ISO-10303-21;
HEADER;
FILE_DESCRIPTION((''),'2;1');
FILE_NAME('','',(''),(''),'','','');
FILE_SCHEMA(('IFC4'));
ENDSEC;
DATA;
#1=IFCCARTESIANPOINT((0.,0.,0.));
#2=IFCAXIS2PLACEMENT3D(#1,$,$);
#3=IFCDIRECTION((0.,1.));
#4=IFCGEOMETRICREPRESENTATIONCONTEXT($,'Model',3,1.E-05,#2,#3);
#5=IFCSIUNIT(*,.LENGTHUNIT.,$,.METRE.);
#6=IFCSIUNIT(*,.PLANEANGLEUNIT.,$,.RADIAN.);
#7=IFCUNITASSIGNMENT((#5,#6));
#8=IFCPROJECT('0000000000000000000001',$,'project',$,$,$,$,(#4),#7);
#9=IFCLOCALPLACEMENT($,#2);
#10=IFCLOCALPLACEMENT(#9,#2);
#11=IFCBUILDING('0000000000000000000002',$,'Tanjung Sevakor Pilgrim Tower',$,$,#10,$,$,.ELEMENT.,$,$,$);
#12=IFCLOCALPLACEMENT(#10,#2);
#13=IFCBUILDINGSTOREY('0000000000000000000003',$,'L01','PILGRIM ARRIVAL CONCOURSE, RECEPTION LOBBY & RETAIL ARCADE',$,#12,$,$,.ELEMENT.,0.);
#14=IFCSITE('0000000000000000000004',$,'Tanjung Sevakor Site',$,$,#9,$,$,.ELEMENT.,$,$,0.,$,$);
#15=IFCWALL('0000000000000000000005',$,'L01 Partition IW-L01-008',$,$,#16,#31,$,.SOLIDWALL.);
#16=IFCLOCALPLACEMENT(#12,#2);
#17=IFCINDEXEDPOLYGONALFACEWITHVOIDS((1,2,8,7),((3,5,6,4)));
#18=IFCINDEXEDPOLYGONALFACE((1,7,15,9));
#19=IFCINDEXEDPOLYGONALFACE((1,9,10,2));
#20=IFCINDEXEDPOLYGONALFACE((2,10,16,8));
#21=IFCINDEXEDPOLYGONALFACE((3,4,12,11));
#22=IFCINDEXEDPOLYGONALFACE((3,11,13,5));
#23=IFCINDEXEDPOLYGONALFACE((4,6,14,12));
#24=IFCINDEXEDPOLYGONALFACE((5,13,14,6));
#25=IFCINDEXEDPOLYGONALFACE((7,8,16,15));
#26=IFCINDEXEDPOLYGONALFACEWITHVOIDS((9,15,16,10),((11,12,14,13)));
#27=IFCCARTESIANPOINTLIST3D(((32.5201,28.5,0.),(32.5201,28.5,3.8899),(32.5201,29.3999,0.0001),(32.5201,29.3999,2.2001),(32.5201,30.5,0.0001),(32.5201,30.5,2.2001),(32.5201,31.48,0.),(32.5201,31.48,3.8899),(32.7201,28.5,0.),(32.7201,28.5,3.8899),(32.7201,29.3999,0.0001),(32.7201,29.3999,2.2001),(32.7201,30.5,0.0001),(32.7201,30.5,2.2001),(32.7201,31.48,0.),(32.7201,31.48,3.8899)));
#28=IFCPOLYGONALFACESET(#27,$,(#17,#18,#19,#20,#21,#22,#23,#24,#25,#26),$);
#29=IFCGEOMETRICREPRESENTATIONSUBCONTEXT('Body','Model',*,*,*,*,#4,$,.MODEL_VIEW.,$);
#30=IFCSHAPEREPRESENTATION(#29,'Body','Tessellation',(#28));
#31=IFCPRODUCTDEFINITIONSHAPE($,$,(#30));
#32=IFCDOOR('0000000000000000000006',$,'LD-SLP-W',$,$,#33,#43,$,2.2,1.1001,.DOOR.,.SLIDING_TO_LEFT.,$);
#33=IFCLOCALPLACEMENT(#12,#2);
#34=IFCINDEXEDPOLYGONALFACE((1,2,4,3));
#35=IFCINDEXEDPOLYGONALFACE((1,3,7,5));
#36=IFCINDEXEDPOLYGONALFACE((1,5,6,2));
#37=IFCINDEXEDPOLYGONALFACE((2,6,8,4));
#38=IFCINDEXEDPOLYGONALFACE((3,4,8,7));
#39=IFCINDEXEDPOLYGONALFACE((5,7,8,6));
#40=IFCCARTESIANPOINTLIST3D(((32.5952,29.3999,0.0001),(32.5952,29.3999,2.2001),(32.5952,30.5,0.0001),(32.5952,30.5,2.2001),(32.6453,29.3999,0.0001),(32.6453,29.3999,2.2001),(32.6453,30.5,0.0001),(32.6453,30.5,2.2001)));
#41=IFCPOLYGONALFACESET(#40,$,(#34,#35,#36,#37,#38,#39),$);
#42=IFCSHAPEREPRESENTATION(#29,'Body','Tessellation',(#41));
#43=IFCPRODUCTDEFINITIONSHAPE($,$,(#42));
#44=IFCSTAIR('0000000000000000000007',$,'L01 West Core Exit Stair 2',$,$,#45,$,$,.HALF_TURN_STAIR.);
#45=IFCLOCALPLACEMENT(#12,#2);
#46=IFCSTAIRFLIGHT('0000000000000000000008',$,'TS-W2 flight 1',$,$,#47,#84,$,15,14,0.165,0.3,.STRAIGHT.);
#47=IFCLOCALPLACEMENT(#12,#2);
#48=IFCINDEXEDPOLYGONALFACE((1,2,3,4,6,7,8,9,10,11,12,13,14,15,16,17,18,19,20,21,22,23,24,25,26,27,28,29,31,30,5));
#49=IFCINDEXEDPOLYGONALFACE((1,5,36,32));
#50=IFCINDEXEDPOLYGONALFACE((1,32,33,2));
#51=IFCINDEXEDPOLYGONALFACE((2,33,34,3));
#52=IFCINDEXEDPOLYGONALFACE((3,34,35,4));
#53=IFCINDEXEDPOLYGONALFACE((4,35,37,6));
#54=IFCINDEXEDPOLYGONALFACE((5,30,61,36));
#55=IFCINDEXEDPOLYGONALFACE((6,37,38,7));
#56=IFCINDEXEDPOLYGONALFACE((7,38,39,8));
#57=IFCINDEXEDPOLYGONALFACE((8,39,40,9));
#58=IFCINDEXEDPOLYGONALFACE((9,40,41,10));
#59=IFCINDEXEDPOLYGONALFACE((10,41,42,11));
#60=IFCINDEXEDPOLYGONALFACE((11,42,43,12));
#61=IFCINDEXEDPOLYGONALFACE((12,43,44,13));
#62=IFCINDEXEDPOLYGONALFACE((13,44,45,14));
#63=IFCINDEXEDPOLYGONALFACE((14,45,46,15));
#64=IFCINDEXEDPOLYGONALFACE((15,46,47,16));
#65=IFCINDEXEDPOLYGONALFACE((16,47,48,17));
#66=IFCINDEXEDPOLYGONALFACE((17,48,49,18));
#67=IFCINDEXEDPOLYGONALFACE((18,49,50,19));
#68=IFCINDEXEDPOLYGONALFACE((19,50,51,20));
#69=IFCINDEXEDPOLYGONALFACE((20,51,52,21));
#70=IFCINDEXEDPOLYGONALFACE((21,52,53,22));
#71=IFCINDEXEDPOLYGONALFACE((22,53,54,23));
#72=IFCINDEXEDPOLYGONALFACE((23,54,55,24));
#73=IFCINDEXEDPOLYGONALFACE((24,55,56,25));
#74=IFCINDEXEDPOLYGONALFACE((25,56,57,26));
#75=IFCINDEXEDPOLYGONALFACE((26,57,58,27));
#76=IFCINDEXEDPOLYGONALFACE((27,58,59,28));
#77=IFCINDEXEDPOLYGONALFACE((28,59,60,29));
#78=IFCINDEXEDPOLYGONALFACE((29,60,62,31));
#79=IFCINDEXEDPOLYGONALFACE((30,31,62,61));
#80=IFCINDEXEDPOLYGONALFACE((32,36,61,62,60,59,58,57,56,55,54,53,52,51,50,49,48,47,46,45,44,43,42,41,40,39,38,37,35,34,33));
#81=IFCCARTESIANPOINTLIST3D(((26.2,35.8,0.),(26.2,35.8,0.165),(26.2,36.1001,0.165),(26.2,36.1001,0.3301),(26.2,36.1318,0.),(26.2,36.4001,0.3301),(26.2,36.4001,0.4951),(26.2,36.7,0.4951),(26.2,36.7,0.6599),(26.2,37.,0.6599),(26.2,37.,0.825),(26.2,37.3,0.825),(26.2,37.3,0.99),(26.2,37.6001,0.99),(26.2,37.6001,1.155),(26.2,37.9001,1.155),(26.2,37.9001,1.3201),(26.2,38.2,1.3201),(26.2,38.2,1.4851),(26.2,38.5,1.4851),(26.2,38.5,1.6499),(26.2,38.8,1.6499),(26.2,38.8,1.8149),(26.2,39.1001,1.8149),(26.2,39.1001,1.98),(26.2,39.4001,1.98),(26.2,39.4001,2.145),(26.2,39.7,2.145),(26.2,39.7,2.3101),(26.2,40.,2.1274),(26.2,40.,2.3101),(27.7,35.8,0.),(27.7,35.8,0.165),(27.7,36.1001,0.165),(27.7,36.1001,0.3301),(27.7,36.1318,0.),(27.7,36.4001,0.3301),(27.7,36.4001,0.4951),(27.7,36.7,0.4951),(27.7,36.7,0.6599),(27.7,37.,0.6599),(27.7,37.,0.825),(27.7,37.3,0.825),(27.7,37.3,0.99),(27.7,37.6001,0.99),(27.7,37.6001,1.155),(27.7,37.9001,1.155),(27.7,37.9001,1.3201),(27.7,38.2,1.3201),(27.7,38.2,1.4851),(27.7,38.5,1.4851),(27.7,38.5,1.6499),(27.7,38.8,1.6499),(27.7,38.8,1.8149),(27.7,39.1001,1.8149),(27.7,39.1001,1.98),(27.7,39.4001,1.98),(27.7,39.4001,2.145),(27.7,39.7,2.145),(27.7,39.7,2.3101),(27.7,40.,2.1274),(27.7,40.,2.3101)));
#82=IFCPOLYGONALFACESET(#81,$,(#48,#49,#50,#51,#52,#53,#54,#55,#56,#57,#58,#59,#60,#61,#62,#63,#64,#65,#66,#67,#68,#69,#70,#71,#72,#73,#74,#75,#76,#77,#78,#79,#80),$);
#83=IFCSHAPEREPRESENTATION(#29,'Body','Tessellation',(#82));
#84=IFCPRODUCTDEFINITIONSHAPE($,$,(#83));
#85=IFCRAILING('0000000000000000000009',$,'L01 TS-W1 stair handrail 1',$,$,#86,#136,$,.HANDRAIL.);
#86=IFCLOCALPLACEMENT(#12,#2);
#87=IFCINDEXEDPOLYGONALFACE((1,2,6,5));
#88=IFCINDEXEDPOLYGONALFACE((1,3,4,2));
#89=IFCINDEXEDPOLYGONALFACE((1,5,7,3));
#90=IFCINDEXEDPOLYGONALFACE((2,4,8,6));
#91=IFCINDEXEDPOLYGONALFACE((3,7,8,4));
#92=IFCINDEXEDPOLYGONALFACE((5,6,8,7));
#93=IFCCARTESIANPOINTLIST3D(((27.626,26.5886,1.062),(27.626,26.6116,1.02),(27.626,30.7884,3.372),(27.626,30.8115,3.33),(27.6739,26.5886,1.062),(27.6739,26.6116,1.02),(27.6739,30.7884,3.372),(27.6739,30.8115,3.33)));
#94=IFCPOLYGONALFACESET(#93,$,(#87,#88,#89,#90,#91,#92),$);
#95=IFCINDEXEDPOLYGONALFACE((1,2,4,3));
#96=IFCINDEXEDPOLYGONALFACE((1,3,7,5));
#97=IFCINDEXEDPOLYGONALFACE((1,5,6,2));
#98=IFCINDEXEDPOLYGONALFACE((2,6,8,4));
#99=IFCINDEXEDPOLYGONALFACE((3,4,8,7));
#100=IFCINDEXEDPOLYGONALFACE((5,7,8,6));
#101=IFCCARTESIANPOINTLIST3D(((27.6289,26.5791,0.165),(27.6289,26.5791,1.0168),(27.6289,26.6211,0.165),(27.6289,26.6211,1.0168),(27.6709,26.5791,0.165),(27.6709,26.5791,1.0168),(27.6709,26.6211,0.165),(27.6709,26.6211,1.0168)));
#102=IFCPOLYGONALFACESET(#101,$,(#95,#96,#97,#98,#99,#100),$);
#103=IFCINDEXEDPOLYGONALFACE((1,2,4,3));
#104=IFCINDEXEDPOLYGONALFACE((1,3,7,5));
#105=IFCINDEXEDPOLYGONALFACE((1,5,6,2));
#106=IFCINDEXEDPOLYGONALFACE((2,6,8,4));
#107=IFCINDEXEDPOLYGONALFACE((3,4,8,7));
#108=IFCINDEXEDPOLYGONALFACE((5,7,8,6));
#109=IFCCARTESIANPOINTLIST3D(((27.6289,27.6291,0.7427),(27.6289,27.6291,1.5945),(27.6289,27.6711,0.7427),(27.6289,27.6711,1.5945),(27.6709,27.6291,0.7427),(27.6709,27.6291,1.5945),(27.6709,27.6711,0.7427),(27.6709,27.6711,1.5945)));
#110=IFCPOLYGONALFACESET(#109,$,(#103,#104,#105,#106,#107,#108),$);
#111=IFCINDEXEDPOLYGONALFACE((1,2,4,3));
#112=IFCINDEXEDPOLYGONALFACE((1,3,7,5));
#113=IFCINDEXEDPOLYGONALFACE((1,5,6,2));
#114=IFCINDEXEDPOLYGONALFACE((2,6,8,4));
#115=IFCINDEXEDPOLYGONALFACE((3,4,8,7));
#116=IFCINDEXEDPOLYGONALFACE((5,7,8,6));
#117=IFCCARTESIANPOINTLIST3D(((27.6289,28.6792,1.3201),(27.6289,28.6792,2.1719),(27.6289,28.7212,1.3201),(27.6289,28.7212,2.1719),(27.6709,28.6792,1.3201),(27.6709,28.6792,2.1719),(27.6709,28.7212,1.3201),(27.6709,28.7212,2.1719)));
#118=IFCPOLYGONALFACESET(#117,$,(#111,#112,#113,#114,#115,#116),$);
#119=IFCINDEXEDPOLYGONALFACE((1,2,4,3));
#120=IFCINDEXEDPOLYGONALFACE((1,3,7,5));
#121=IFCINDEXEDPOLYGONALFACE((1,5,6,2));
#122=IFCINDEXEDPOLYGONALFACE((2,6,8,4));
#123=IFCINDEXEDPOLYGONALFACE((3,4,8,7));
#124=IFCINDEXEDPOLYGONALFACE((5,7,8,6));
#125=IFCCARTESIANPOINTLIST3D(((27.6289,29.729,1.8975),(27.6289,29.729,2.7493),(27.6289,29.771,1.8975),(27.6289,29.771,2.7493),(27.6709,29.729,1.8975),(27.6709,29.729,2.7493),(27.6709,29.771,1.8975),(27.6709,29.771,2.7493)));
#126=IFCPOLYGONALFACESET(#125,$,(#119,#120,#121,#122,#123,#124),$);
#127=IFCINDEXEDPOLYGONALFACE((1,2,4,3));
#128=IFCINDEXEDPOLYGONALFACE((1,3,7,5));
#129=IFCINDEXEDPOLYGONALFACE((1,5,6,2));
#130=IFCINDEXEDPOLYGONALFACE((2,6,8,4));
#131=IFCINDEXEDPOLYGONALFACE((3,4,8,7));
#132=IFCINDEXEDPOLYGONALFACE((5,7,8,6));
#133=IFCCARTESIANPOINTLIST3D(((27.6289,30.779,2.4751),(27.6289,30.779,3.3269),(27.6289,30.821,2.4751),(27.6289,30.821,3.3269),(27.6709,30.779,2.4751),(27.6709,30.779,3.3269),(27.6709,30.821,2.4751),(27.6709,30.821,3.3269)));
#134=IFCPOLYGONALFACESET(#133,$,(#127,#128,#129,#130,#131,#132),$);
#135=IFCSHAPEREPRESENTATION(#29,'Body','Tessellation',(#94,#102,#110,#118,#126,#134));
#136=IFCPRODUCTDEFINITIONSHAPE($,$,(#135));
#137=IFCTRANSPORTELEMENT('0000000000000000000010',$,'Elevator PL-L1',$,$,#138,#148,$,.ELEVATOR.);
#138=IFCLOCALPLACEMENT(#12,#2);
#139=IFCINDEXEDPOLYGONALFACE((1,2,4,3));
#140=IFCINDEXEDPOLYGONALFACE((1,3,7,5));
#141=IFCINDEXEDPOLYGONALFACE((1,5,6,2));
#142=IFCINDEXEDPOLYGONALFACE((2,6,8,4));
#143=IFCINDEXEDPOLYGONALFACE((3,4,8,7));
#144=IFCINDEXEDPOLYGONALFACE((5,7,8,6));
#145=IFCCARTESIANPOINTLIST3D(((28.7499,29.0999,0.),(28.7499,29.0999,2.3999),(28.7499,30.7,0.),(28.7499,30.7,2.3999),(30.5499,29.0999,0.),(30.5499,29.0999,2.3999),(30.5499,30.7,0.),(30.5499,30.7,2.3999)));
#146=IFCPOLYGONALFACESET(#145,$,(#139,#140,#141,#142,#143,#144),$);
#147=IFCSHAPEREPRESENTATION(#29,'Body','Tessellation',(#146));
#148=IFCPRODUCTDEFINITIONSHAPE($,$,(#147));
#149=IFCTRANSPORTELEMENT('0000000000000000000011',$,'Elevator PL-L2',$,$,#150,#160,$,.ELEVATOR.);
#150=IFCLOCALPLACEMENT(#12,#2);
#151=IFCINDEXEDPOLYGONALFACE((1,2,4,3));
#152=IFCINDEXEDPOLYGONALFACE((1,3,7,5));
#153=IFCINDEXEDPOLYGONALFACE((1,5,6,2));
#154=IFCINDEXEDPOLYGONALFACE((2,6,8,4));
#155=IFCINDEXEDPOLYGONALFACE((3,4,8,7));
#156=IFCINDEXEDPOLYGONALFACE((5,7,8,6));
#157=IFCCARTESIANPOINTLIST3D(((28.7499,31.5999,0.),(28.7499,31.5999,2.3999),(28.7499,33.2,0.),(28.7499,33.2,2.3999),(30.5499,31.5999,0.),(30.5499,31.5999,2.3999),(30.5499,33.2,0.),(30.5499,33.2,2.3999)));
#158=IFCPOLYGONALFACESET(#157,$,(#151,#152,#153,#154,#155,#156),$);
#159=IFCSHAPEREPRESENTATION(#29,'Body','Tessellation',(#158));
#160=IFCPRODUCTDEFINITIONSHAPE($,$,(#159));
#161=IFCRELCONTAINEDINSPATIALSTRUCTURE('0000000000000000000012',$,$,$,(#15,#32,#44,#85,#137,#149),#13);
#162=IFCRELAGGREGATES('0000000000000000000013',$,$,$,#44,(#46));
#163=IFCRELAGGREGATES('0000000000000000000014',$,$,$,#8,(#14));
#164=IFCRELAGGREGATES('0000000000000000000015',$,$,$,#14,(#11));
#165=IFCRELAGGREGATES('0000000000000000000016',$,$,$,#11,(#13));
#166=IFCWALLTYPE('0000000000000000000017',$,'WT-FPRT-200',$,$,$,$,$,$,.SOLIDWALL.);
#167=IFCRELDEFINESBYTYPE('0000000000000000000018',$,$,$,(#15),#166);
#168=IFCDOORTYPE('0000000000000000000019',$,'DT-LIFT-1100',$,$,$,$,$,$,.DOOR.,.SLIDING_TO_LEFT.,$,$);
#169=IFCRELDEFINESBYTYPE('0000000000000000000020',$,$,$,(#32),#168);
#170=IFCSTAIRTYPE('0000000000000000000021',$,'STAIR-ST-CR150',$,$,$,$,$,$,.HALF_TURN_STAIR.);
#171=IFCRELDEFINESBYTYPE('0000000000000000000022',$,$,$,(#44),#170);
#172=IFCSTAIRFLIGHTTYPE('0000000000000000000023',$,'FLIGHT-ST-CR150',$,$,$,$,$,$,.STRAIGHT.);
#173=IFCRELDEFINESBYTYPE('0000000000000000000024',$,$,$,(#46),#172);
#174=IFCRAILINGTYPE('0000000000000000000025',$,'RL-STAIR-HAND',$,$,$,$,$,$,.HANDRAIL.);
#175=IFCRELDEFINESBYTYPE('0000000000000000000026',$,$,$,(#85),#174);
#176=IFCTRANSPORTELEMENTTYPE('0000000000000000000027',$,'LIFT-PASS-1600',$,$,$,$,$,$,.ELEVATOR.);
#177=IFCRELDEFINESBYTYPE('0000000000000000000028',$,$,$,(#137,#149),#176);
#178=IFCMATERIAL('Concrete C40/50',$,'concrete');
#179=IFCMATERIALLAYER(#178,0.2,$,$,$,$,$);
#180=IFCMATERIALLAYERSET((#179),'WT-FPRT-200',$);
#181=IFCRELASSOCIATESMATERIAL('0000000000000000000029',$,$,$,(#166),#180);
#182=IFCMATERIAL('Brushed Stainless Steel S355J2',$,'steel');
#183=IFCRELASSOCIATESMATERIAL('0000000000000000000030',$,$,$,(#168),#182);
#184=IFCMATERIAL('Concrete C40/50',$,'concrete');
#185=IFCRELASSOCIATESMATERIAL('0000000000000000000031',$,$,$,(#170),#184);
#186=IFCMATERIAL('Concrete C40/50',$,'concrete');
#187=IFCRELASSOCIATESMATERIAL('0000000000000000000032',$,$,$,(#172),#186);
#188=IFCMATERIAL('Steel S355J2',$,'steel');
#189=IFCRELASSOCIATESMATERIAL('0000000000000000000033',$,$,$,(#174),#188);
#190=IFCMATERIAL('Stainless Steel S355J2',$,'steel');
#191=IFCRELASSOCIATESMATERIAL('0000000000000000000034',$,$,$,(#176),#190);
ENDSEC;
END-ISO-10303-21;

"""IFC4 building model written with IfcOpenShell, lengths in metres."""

from ifc_helpers import new_model, si_unit, direction, frame, frame_2d, origin, origin_2d, place, context, subcontext, project, spatial, polyline, rectangle, outline, extrude, material, layer, layer_set, type_object, element, fill, aggregate, save


model = new_model("IFC4")

# Units and contexts
model_context = context("Model", 3, precision=1e-05, world=origin(), true_north=direction((0.0, 1.0)))
body_context = subcontext(model_context, "Body", "Model", "MODEL_VIEW")
ifc_project = project(units=[si_unit("LENGTHUNIT", "METRE"), si_unit("PLANEANGLEUNIT", "RADIAN")], contexts=[model_context])

# Site, building, storey
site_placement = place(None, origin())
site = spatial("IfcSite", under=ifc_project, at=site_placement, Name="Tanjung Sevakor Site", CompositionType="ELEMENT", RefElevation=0.0)
building_placement = place(site_placement, origin())
building = spatial("IfcBuilding", under=site, at=building_placement, Name="Tanjung Sevakor Pilgrim Tower", CompositionType="ELEMENT")
storey_placement = place(building_placement, origin())
storey = spatial("IfcBuildingStorey", under=building, at=storey_placement, Name="L01", Description="PILGRIM ARRIVAL CONCOURSE, RECEPTION LOBBY & RETAIL ARCADE", CompositionType="ELEMENT", Elevation=0.0)

# Shared definitions
ifc_material_1 = material(Name="Concrete C40/50", Category="concrete")
ifc_layer_1 = layer(ifc_material_1, 0.2)
ifc_layer_set_1 = layer_set([ifc_layer_1], Name="WT-FPRT-200")
wall_type_1 = type_object("IfcWallType", Name="WT-FPRT-200", PredefinedType="SOLIDWALL", material=ifc_layer_set_1)

# Shared definitions
ifc_material_2 = material(Name="Brushed Stainless Steel S355J2", Category="steel")
door_type_1 = type_object("IfcDoorType", Name="DT-LIFT-1100", OperationType="SLIDING_TO_LEFT", PredefinedType="DOOR", material=ifc_material_2)

# Wall, opening, door
wall_1_placement = place(storey_placement, frame((32.6201, 28.5, 0.0), z_axis=(0.0, 0.0, 1.0), x_axis=(0.0, 1.0, 0.0)))
wall_1 = element("IfcWall", 1, at=wall_1_placement, inside=storey, type_object=wall_type_1, Name="L01 Partition IW-L01-008", PredefinedType="SOLIDWALL", context=body_context, shape_type="SweptSolid", body=[
    extrude(rectangle(XDim=2.98, YDim=0.2, at=frame_2d((1.49, 0.0))), origin(), (0.0, 0.0, 1.0), 3.8899),
])
opening_1_placement = place(wall_1_placement, frame((0.8999, 0.0, 0.0)))
opening_1 = element("IfcOpeningElement", 2, at=opening_1_placement, cuts=wall_1, PredefinedType="OPENING", context=body_context, shape_type="SweptSolid", body=[
    extrude(rectangle(XDim=1.1001, YDim=2.2, at=frame_2d((0.55, 1.1001))), frame((0.0, 0.1099, 0.0), z_axis=(0.0, -1.0, 0.0), x_axis=(1.0, 0.0, 0.0)), (0.0, 0.0, 1.0), 0.22),
])
door_1_placement = place(opening_1_placement, origin())
door_1 = element("IfcDoor", 3, at=door_1_placement, inside=storey, type_object=door_type_1, Name="LD-SLP-W", OperationType="SLIDING_TO_LEFT", OverallHeight=2.2, OverallWidth=1.1001, PredefinedType="DOOR", context=body_context, shape_type="SweptSolid", body=[
    extrude(rectangle(XDim=1.1001, YDim=2.2, at=frame_2d((0.55, 1.1001))), frame((0.0, 0.0249, 0.0), z_axis=(0.0, -1.0, 0.0), x_axis=(1.0, 0.0, 0.0)), (0.0, 0.0, 1.0), 0.05),
])
fill(opening_1, door_1)

# Stair, stair flight
ifc_material_3 = material(Name="Concrete C40/50", Category="concrete")
stair_type = type_object("IfcStairType", Name="STAIR-ST-CR150", PredefinedType="HALF_TURN_STAIR", material=ifc_material_3)
stair_placement = place(storey_placement, origin())
stair = element("IfcStair", 4, at=stair_placement, inside=storey, type_object=stair_type, Name="L01 West Core Exit Stair 2", PredefinedType="HALF_TURN_STAIR")
ifc_material_4 = material(Name="Concrete C40/50", Category="concrete")
stair_flight_type = type_object("IfcStairFlightType", Name="FLIGHT-ST-CR150", PredefinedType="STRAIGHT", material=ifc_material_4)
stair_flight_placement = place(storey_placement, frame((26.95, 35.8, 0.0), z_axis=(0.0, 0.0, 1.0), x_axis=(0.0, 1.0, 0.0)))
stair_flight = element("IfcStairFlight", 5, at=stair_flight_placement, type_object=stair_flight_type, Name="TS-W2 flight 1", NumberOfRisers=15, NumberOfTreads=14, PredefinedType="STRAIGHT", RiserHeight=0.165, TreadLength=0.3, context=body_context, shape_type="SweptSolid", body=[
    extrude(outline(polyline([(0.0, 0.0), (0.0, 0.165), (0.3, 0.165), (0.3, 0.3301), (0.6001, 0.3301), (0.6001, 0.4951), (0.8999, 0.4951), (0.8999, 0.6599), (1.2, 0.6599), (1.2, 0.825), (1.5, 0.825), (1.5, 0.99), (1.8, 0.99), (1.8, 1.155), (2.1001, 1.155), (2.1001, 1.3201), (2.3999, 1.3201), (2.3999, 1.4851), (2.7, 1.4851), (2.7, 1.6499), (3.0, 1.6499), (3.0, 1.8149), (3.3, 1.8149), (3.3, 1.98), (3.6001, 1.98), (3.6001, 2.145), (3.8999, 2.145), (3.8999, 2.3101), (4.2, 2.3101), (4.2, 2.4751), (4.2, 2.1274), (0.3318, 0.0), (0.0, 0.0)])), frame((0.0, 0.75, 0.0), z_axis=(0.0, -1.0, 0.0), x_axis=(1.0, 0.0, 0.0)), (0.0, 0.0, 1.0), 1.5),
])
aggregate(stair, [stair_flight])

# Railing
ifc_material_5 = material(Name="Steel S355J2", Category="steel")
railing_type = type_object("IfcRailingType", Name="RL-STAIR-HAND", PredefinedType="HANDRAIL", material=ifc_material_5)
railing_placement = place(storey_placement, frame((27.6499, 26.6001, 0.165)))
element("IfcRailing", 6, at=railing_placement, inside=storey, type_object=railing_type, Name="L01 TS-W1 stair handrail 1", PredefinedType="HANDRAIL", context=body_context, shape_type="SweptSolid", body=[
    extrude(rectangle(XDim=0.0479, YDim=0.0479), frame((0.0, 0.0, 0.876), z_axis=(0.0, 0.876208, 0.481932), x_axis=(-1.0, 0.0, 0.0)), (0.0, 0.0, 1.0), 4.7932),
    extrude(rectangle(XDim=0.042, YDim=0.042), origin(), (0.0, 0.0, 1.0), 0.8518),
    extrude(rectangle(XDim=0.042, YDim=0.042), frame((0.0, 1.05, 0.5776)), (0.0, 0.0, 1.0), 0.8518),
    extrude(rectangle(XDim=0.042, YDim=0.042), frame((0.0, 2.1001, 1.155)), (0.0, 0.0, 1.0), 0.8518),
    extrude(rectangle(XDim=0.042, YDim=0.042), frame((0.0, 3.1499, 1.7324)), (0.0, 0.0, 1.0), 0.8518),
    extrude(rectangle(XDim=0.042, YDim=0.042), frame((0.0, 4.2, 2.3101)), (0.0, 0.0, 1.0), 0.8518),
])

# Transport elements
ifc_material_6 = material(Name="Stainless Steel S355J2", Category="steel")
transport_element_type = type_object("IfcTransportElementType", Name="LIFT-PASS-1600", PredefinedType="ELEVATOR", material=ifc_material_6)
for number, where, z_axis, x_axis, name in (
    (7, (29.6499, 29.8999, 0.0), (0.0, 0.0, 1.0), (1.0, 0.0, 0.0), "Elevator PL-L1"),
    (8, (29.6499, 32.3999, 0.0), (0.0, 0.0, 1.0), (1.0, 0.0, 0.0), "Elevator PL-L2"),
):
    element("IfcTransportElement", number, at=place(storey_placement, frame(where, z_axis=z_axis, x_axis=x_axis)), inside=storey, type_object=transport_element_type, Name=name, PredefinedType="ELEVATOR", context=body_context, shape_type="SweptSolid", body=[
        extrude(rectangle(XDim=1.8, YDim=1.6001, at=origin_2d()), origin(), (0.0, 0.0, 1.0), 2.3999),
    ])

save(model, "model.ifc")
